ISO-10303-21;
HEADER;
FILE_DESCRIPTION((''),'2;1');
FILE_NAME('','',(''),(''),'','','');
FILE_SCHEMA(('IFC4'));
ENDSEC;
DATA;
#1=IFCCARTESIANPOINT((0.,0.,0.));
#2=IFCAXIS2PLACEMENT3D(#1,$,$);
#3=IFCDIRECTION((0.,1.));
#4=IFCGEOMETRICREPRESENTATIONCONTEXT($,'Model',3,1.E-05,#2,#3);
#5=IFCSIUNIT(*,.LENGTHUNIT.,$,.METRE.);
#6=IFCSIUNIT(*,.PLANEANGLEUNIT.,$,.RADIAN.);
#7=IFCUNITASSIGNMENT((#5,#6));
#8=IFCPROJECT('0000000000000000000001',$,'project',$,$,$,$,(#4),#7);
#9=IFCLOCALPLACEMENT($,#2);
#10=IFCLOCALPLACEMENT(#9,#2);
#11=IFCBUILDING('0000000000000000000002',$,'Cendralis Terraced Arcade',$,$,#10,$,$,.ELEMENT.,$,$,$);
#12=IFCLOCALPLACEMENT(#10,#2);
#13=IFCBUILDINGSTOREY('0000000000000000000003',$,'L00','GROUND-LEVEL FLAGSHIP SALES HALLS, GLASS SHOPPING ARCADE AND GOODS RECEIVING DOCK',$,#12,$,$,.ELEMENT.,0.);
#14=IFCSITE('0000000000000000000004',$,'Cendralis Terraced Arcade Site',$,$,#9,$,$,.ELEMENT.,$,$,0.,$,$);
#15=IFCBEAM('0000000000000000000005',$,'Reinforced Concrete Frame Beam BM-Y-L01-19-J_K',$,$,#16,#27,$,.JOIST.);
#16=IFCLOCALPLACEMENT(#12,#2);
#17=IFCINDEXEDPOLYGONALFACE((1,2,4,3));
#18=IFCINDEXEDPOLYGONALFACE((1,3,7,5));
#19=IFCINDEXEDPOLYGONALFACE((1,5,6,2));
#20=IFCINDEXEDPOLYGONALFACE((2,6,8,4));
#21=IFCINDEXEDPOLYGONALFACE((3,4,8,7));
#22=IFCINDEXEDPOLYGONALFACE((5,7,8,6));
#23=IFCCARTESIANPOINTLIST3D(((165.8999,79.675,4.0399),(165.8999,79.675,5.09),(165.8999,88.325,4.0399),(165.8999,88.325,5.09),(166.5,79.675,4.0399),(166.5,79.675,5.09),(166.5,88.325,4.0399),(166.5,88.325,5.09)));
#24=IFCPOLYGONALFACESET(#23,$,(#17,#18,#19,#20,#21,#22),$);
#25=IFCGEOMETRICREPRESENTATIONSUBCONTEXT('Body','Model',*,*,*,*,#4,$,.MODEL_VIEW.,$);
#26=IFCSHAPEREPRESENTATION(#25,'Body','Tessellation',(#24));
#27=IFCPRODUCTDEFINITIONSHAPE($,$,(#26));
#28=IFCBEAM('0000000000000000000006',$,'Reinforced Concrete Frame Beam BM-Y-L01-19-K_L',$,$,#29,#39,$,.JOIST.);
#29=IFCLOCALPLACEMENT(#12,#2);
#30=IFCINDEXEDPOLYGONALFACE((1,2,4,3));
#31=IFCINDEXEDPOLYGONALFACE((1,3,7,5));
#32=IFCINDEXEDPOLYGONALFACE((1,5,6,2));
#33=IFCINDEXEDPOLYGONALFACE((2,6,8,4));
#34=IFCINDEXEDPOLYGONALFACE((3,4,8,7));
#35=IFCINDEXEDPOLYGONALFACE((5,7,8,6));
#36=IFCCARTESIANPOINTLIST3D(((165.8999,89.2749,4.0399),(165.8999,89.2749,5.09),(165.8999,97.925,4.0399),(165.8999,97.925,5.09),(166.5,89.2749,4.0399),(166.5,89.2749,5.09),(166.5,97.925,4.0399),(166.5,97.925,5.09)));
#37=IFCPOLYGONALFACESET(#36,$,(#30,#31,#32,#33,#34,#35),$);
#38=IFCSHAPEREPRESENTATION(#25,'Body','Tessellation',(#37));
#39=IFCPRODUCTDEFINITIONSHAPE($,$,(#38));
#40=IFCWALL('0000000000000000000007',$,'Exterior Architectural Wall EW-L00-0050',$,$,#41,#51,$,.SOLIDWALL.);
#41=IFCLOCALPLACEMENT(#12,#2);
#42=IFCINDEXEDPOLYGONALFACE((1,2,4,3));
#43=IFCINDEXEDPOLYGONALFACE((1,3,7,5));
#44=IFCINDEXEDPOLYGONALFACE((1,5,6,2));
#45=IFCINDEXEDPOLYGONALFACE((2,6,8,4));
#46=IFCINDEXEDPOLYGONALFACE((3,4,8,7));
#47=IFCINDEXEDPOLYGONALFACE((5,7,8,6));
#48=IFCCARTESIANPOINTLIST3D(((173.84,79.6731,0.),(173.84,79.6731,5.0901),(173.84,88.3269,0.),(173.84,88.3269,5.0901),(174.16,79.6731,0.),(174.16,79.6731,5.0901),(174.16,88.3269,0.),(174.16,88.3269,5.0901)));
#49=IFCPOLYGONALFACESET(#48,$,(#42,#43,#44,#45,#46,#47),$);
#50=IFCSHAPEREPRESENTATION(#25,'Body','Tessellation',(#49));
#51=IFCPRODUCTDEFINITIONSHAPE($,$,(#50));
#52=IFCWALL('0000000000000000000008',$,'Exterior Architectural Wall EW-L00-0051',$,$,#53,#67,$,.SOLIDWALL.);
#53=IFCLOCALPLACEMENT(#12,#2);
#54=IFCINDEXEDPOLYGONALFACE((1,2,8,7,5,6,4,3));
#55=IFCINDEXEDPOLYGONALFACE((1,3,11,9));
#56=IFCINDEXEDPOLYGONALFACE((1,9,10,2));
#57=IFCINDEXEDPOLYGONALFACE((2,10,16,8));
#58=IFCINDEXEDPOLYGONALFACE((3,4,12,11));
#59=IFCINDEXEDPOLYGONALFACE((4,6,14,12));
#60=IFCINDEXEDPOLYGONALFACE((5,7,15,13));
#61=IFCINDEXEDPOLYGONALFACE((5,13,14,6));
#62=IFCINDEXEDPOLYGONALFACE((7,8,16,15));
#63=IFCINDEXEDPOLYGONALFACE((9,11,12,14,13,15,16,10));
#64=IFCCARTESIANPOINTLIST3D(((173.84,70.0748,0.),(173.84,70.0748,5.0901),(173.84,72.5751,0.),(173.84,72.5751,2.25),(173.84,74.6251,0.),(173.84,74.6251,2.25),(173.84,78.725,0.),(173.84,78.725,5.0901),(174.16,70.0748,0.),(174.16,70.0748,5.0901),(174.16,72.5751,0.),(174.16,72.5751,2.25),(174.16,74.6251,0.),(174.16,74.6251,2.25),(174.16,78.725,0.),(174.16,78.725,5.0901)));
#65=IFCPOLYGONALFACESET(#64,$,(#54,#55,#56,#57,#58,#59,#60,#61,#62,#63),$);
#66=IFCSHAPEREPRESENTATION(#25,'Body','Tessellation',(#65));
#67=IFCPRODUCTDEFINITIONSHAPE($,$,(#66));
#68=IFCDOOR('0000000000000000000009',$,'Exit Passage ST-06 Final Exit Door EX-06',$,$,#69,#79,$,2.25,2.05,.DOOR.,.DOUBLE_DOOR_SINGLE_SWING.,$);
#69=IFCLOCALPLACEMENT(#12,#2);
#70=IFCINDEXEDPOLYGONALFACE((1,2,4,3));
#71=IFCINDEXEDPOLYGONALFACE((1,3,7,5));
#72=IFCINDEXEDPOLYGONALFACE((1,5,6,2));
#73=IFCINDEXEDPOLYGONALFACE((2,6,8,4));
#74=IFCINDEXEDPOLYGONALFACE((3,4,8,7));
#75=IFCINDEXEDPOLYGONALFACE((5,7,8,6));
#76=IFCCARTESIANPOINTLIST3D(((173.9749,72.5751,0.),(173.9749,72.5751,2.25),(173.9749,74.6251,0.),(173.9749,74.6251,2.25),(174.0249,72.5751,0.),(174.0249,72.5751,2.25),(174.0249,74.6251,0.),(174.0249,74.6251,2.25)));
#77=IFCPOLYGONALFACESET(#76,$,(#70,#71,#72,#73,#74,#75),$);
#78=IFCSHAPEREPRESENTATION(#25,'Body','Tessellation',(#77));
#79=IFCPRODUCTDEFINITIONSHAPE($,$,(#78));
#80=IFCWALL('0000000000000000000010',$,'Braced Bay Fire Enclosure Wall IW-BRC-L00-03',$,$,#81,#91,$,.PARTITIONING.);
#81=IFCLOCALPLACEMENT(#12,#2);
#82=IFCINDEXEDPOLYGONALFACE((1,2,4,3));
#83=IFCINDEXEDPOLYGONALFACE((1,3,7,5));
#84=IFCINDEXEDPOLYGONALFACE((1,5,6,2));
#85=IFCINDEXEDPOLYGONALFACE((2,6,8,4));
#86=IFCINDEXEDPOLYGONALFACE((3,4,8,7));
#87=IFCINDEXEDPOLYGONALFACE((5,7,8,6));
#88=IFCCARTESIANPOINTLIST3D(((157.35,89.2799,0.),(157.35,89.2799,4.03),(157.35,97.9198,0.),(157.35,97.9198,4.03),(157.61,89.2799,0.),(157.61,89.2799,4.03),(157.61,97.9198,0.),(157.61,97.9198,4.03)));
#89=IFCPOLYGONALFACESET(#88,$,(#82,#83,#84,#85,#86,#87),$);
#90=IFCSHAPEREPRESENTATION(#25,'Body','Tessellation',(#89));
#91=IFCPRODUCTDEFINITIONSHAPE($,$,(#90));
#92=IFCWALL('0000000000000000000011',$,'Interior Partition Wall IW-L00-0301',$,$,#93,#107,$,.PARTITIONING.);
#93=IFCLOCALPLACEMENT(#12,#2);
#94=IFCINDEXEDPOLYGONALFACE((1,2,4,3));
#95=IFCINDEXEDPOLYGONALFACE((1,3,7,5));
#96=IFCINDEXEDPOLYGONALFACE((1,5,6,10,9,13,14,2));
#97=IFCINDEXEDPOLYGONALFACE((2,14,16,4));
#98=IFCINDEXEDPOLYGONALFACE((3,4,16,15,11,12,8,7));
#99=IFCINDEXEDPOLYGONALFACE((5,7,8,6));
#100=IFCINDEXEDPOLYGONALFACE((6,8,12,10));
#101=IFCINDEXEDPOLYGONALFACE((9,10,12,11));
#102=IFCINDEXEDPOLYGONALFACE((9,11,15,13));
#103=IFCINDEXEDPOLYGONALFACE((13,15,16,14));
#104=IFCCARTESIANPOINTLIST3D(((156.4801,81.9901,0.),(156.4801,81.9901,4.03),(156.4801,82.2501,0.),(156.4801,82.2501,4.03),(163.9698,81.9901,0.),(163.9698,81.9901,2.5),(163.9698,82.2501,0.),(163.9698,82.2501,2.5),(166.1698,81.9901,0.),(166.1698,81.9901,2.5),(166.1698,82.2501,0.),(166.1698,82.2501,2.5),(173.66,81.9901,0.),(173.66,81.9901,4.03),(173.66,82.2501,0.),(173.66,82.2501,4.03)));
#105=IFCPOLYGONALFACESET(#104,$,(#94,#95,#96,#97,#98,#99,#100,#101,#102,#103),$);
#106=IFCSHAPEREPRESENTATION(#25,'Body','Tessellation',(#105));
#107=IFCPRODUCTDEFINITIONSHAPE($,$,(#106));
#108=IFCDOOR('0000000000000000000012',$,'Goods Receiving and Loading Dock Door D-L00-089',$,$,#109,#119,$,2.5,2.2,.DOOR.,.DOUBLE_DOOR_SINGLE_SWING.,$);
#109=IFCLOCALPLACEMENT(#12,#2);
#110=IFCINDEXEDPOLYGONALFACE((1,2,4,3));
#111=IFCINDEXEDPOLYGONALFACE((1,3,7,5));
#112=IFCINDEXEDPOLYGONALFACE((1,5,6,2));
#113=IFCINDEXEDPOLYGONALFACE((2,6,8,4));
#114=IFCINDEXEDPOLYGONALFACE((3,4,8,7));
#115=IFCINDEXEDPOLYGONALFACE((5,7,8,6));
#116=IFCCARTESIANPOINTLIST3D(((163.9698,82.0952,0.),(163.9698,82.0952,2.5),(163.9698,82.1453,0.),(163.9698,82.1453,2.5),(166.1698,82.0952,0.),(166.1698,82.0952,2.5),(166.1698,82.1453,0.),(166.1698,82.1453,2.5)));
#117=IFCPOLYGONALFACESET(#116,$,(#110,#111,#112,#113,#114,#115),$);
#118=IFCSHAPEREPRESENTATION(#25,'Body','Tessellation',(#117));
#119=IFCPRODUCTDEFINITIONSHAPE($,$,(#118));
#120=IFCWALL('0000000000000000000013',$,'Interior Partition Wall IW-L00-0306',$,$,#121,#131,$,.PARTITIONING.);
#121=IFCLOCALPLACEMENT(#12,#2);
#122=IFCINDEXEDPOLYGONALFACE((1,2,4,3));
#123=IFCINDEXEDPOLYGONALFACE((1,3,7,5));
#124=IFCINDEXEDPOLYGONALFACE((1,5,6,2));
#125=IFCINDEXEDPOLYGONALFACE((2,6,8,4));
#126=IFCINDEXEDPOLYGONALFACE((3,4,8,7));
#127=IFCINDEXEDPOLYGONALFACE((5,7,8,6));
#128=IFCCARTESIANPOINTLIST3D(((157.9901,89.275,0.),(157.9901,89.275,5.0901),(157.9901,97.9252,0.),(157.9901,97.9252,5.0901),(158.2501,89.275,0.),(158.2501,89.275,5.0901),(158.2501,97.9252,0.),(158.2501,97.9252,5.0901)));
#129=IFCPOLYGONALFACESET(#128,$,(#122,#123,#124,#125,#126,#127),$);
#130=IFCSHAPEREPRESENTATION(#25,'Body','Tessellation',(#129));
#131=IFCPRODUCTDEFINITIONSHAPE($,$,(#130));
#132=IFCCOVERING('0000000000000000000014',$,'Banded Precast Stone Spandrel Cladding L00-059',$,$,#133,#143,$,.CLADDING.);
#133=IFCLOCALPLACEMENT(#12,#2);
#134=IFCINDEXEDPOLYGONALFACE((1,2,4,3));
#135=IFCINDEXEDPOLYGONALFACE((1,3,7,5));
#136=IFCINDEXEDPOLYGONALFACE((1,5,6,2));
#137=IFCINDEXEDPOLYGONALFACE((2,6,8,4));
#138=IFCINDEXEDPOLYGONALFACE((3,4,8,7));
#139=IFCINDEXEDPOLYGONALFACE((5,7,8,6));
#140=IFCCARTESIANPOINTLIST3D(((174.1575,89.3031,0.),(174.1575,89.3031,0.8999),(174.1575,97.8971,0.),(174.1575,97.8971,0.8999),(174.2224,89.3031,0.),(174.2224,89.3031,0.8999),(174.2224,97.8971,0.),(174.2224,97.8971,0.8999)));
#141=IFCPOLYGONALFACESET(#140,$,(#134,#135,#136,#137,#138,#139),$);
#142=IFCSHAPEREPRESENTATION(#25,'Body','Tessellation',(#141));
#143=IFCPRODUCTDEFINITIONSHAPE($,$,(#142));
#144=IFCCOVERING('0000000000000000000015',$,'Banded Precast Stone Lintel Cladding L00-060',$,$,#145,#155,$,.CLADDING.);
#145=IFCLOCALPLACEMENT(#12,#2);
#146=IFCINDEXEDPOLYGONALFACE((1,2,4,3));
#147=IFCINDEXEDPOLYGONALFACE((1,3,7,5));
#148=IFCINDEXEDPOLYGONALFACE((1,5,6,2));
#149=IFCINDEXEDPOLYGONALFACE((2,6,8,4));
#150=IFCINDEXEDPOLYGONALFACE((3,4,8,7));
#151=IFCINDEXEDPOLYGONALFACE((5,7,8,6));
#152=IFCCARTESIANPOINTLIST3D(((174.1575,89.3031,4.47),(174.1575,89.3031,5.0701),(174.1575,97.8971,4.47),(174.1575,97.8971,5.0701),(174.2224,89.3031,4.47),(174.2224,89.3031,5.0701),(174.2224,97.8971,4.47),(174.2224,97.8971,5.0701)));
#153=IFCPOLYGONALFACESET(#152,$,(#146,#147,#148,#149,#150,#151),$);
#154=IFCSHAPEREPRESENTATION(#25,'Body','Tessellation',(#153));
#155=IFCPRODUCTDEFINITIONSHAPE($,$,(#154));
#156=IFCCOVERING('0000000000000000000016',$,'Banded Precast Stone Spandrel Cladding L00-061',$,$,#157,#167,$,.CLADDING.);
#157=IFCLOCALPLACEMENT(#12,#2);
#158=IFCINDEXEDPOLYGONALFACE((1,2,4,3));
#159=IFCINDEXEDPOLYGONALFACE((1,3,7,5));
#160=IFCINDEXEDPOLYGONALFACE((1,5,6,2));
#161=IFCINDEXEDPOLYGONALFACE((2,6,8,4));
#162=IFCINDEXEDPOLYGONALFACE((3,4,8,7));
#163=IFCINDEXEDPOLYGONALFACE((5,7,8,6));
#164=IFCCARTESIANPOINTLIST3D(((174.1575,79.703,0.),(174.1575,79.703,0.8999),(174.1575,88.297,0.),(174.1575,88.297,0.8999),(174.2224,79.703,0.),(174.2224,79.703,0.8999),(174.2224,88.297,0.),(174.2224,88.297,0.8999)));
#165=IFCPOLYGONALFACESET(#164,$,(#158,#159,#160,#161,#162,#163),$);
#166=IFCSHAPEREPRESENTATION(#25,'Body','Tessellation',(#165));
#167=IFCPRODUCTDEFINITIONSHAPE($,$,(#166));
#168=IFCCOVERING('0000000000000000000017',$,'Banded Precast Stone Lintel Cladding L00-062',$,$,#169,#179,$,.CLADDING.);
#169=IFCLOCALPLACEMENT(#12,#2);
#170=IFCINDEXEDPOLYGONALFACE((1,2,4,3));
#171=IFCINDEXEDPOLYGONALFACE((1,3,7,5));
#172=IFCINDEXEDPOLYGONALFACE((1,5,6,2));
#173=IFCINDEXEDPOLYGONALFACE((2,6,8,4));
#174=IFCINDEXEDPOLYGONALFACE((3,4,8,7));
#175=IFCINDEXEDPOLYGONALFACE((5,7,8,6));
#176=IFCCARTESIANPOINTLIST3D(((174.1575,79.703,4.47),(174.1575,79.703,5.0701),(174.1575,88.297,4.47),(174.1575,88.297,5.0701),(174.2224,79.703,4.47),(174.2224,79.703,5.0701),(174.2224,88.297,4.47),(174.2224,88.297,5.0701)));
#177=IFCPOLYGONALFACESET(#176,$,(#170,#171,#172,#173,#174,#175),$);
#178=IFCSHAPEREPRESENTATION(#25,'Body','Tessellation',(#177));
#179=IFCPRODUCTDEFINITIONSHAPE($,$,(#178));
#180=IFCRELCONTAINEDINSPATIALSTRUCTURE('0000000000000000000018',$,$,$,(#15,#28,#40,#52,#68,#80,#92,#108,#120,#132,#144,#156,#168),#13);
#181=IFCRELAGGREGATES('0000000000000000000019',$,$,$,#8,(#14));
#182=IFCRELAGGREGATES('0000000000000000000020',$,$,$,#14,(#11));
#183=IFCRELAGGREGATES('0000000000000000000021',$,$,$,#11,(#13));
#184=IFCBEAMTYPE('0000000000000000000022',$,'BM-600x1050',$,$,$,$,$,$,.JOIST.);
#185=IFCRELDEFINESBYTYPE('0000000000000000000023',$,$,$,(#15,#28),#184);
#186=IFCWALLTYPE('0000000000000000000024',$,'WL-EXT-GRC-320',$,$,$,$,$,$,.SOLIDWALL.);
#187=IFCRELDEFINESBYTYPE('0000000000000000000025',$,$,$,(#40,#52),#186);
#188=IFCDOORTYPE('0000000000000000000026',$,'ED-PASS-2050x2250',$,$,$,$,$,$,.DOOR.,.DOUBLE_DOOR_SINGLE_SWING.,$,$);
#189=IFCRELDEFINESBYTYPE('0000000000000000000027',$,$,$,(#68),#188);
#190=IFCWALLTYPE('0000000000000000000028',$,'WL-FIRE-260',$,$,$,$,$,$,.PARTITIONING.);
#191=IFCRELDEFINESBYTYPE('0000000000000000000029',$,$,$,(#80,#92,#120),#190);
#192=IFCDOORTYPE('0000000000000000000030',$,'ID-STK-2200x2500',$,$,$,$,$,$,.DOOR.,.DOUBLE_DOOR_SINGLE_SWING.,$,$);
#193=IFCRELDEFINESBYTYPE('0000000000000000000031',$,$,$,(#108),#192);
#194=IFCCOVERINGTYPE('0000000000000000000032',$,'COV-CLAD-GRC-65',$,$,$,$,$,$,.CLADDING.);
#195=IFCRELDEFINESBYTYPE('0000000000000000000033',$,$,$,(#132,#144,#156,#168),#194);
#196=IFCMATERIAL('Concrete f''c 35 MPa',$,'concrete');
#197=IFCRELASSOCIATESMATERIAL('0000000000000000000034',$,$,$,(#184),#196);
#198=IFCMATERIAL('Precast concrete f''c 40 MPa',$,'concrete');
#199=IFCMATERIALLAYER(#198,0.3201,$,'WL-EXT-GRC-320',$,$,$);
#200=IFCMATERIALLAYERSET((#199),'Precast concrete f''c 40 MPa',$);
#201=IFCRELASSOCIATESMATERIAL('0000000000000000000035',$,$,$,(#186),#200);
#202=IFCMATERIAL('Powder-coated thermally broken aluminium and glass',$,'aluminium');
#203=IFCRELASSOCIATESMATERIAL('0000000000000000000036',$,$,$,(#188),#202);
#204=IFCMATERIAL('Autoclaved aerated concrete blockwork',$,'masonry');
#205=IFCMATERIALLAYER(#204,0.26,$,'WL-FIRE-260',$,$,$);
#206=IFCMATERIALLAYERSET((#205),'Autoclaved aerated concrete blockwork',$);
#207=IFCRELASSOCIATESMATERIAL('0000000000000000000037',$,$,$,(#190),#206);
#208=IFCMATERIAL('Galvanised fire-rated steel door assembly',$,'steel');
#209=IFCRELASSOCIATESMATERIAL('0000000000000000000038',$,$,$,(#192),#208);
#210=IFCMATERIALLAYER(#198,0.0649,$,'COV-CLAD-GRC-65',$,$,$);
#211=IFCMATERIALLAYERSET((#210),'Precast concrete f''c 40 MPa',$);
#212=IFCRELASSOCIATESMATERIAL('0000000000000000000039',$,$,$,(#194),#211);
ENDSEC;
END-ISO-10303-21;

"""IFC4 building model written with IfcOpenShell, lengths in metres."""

from ifc_helpers import new_model, si_unit, direction, frame, frame_2d, origin, origin_2d, place, context, subcontext, project, spatial, rectangle, extrude, material, layer, layer_set, material_profile, profile_set, type_object, element, fill, save


model = new_model("IFC4")

# Units and contexts
model_context = context("Model", 3, precision=1e-05, world=origin(), true_north=direction((0.0, 1.0)))
body_context = subcontext(model_context, "Body", "Model", "MODEL_VIEW")
ifc_project = project(units=[si_unit("LENGTHUNIT", "METRE"), si_unit("PLANEANGLEUNIT", "RADIAN")], contexts=[model_context])

# Site, building, storey
site_placement = place(None, origin())
site = spatial("IfcSite", under=ifc_project, at=site_placement, Name="Cendralis Terraced Arcade Site", CompositionType="ELEMENT", RefElevation=0.0)
building_placement = place(site_placement, origin())
building = spatial("IfcBuilding", under=site, at=building_placement, Name="Cendralis Terraced Arcade", CompositionType="ELEMENT")
storey_placement = place(building_placement, origin())
storey = spatial("IfcBuildingStorey", under=building, at=storey_placement, Name="L00", Description="GROUND-LEVEL FLAGSHIP SALES HALLS, GLASS SHOPPING ARCADE AND GOODS RECEIVING DOCK", CompositionType="ELEMENT", Elevation=0.0)

# Shared definitions
ifc_material_1 = material(Name="Concrete f'c 35 MPa", Category="concrete")

# Beams
ifc_material_profile_1 = material_profile(ifc_material_1, rectangle(XDim=0.6001, YDim=1.05, at=origin_2d()), Name="RC-BM-600x1050", Category="LoadBearing")
ifc_profile_set_1 = profile_set([ifc_material_profile_1], Name="Concrete f'c 35 MPa")
beam_type = type_object("IfcBeamType", Name="BM-600x1050", PredefinedType="JOIST", material=ifc_profile_set_1)
beam_1_placement = place(storey_placement, frame((166.2, 79.675, 4.5649), z_axis=(0.0, 1.0, 0.0), x_axis=(-1.0, 0.0, 0.0)))
element("IfcBeam", 1, at=beam_1_placement, inside=storey, type_object=beam_type, Name="Reinforced Concrete Frame Beam BM-Y-L01-19-J_K", PredefinedType="JOIST", context=body_context, shape_type="SweptSolid", body=[
    extrude(rectangle(XDim=0.6001, YDim=1.05, at=origin_2d()), origin(), (0.0, 0.0, 1.0), 8.6499),
])
beam_2_placement = place(storey_placement, frame((166.2, 89.2749, 4.5649), z_axis=(0.0, 1.0, 0.0), x_axis=(-1.0, 0.0, 0.0)))
element("IfcBeam", 2, at=beam_2_placement, inside=storey, type_object=beam_type, Name="Reinforced Concrete Frame Beam BM-Y-L01-19-K_L", PredefinedType="JOIST", context=body_context, shape_type="SweptSolid", body=[
    extrude(rectangle(XDim=0.6001, YDim=1.05, at=origin_2d()), origin(), (0.0, 0.0, 1.0), 8.6501),
])

# Wall
ifc_material_2 = material(Name="Precast concrete f'c 40 MPa", Category="concrete")
ifc_layer_1 = layer(ifc_material_2, 0.3201, Name="WL-EXT-GRC-320")
ifc_layer_set_1 = layer_set([ifc_layer_1], Name="Precast concrete f'c 40 MPa")
wall_type_1 = type_object("IfcWallType", Name="WL-EXT-GRC-320", PredefinedType="SOLIDWALL", material=ifc_layer_set_1)
wall_1_placement = place(storey_placement, frame((174.0, 88.3269, 0.0), z_axis=(0.0, 0.0, 1.0), x_axis=(0.0, -1.0, 0.0)))
element("IfcWall", 3, at=wall_1_placement, inside=storey, type_object=wall_type_1, Name="Exterior Architectural Wall EW-L00-0050", PredefinedType="SOLIDWALL", context=body_context, shape_type="SweptSolid", body=[
    extrude(rectangle(XDim=8.6538, YDim=0.3201, at=frame_2d((4.3269, 0.0))), origin(), (0.0, 0.0, 1.0), 5.0901),
])

# Wall, opening, door
wall_2_placement = place(storey_placement, frame((174.0, 78.7251, 0.0), z_axis=(0.0, 0.0, 1.0), x_axis=(0.0, -1.0, 0.0)))
wall_2 = element("IfcWall", 4, at=wall_2_placement, inside=storey, type_object=wall_type_1, Name="Exterior Architectural Wall EW-L00-0051", PredefinedType="SOLIDWALL", context=body_context, shape_type="SweptSolid", body=[
    extrude(rectangle(XDim=8.6501, YDim=0.3201, at=frame_2d((4.3252, 0.0))), origin(), (0.0, 0.0, 1.0), 5.0901),
])
opening_1_placement = place(wall_2_placement, frame((4.1001, 0.0, 0.0)))
opening_1 = element("IfcOpeningElement", 5, at=opening_1_placement, cuts=wall_2, PredefinedType="OPENING", context=body_context, shape_type="SweptSolid", body=[
    extrude(rectangle(XDim=2.05, YDim=2.25, at=frame_2d((1.0249, 1.125))), frame((0.0, 0.1719, 0.0), z_axis=(0.0, -1.0, 0.0), x_axis=(1.0, 0.0, 0.0)), (0.0, 0.0, 1.0), 0.344),
])
ifc_material_3 = material(Name="Powder-coated thermally broken aluminium and glass", Category="aluminium")
door_type_1 = type_object("IfcDoorType", Name="ED-PASS-2050x2250", OperationType="DOUBLE_DOOR_SINGLE_SWING", PredefinedType="DOOR", material=ifc_material_3)
door_1_placement = place(opening_1_placement, origin())
door_1 = element("IfcDoor", 6, at=door_1_placement, inside=storey, type_object=door_type_1, Name="Exit Passage ST-06 Final Exit Door EX-06", OperationType="DOUBLE_DOOR_SINGLE_SWING", OverallHeight=2.25, OverallWidth=2.05, PredefinedType="DOOR", context=body_context, shape_type="SweptSolid", body=[
    extrude(rectangle(XDim=2.05, YDim=2.25, at=frame_2d((1.0249, 1.125))), frame((0.0, 0.0249, 0.0), z_axis=(0.0, -1.0, 0.0), x_axis=(1.0, 0.0, 0.0)), (0.0, 0.0, 1.0), 0.05),
])
fill(opening_1, door_1)

# Wall
ifc_material_4 = material(Name="Autoclaved aerated concrete blockwork", Category="masonry")
ifc_layer_2 = layer(ifc_material_4, 0.26, Name="WL-FIRE-260")
ifc_layer_set_2 = layer_set([ifc_layer_2], Name="Autoclaved aerated concrete blockwork")
wall_type_2 = type_object("IfcWallType", Name="WL-FIRE-260", PredefinedType="PARTITIONING", material=ifc_layer_set_2)
wall_3_placement = place(storey_placement, frame((157.48, 89.28, 0.0), z_axis=(0.0, 0.0, 1.0), x_axis=(0.0, 1.0, 0.0)))
element("IfcWall", 7, at=wall_3_placement, inside=storey, type_object=wall_type_2, Name="Braced Bay Fire Enclosure Wall IW-BRC-L00-03", PredefinedType="PARTITIONING", context=body_context, shape_type="SweptSolid", body=[
    extrude(rectangle(XDim=8.6399, YDim=0.26, at=frame_2d((4.3198, 0.0))), origin(), (0.0, 0.0, 1.0), 4.03),
])

# Wall, opening, door
wall_4_placement = place(storey_placement, frame((173.6599, 82.1201, 0.0), z_axis=(0.0, 0.0, 1.0), x_axis=(-1.0, 0.0, 0.0)))
wall_4 = element("IfcWall", 8, at=wall_4_placement, inside=storey, type_object=wall_type_2, Name="Interior Partition Wall IW-L00-0301", PredefinedType="PARTITIONING", context=body_context, shape_type="SweptSolid", body=[
    extrude(rectangle(XDim=17.1799, YDim=0.26, at=frame_2d((8.5898, 0.0))), origin(), (0.0, 0.0, 1.0), 4.03),
])
opening_2_placement = place(wall_4_placement, frame((7.49, 0.0, 0.0)))
opening_2 = element("IfcOpeningElement", 9, at=opening_2_placement, cuts=wall_4, PredefinedType="OPENING", context=body_context, shape_type="SweptSolid", body=[
    extrude(rectangle(XDim=2.2, YDim=2.5, at=frame_2d((1.1001, 1.25))), frame((0.0, 0.1421, 0.0), z_axis=(0.0, -1.0, 0.0), x_axis=(1.0, 0.0, 0.0)), (0.0, 0.0, 1.0), 0.2839),
])
ifc_material_5 = material(Name="Galvanised fire-rated steel door assembly", Category="steel")
door_type_2 = type_object("IfcDoorType", Name="ID-STK-2200x2500", OperationType="DOUBLE_DOOR_SINGLE_SWING", PredefinedType="DOOR", material=ifc_material_5)
door_2_placement = place(opening_2_placement, origin())
door_2 = element("IfcDoor", 10, at=door_2_placement, inside=storey, type_object=door_type_2, Name="Goods Receiving and Loading Dock Door D-L00-089", OperationType="DOUBLE_DOOR_SINGLE_SWING", OverallHeight=2.5, OverallWidth=2.2, PredefinedType="DOOR", context=body_context, shape_type="SweptSolid", body=[
    extrude(rectangle(XDim=2.2, YDim=2.5, at=frame_2d((1.1001, 1.25))), frame((0.0, 0.0249, 0.0), z_axis=(0.0, -1.0, 0.0), x_axis=(1.0, 0.0, 0.0)), (0.0, 0.0, 1.0), 0.05),
])
fill(opening_2, door_2)

# Wall
wall_5_placement = place(storey_placement, frame((158.1201, 89.2749, 0.0), z_axis=(0.0, 0.0, 1.0), x_axis=(0.0, 1.0, 0.0)))
element("IfcWall", 11, at=wall_5_placement, inside=storey, type_object=wall_type_2, Name="Interior Partition Wall IW-L00-0306", PredefinedType="PARTITIONING", context=body_context, shape_type="SweptSolid", body=[
    extrude(rectangle(XDim=8.6501, YDim=0.26, at=frame_2d((4.3252, 0.0))), origin(), (0.0, 0.0, 1.0), 5.0901),
])

# Coverings
ifc_layer_3 = layer(ifc_material_2, 0.0649, Name="COV-CLAD-GRC-65")
ifc_layer_set_3 = layer_set([ifc_layer_3], Name="Precast concrete f'c 40 MPa")
covering_type = type_object("IfcCoveringType", Name="COV-CLAD-GRC-65", PredefinedType="CLADDING", material=ifc_layer_set_3)
covering_1_placement = place(storey_placement, frame((174.1899, 93.6001, 0.0), z_axis=(0.0, 0.0, 1.0), x_axis=(0.0, -1.0, 0.0)))
element("IfcCovering", 12, at=covering_1_placement, inside=storey, type_object=covering_type, Name="Banded Precast Stone Spandrel Cladding L00-059", PredefinedType="CLADDING", context=body_context, shape_type="SweptSolid", body=[
    extrude(rectangle(XDim=8.594, YDim=0.0649, at=origin_2d()), origin(), (0.0, 0.0, 1.0), 0.8999),
])
covering_2_placement = place(storey_placement, frame((174.1899, 93.6001, 4.47), z_axis=(0.0, 0.0, 1.0), x_axis=(0.0, -1.0, 0.0)))
element("IfcCovering", 13, at=covering_2_placement, inside=storey, type_object=covering_type, Name="Banded Precast Stone Lintel Cladding L00-060", PredefinedType="CLADDING", context=body_context, shape_type="SweptSolid", body=[
    extrude(rectangle(XDim=8.594, YDim=0.0649, at=origin_2d()), origin(), (0.0, 0.0, 1.0), 0.6001),
])
covering_3_placement = place(storey_placement, frame((174.1899, 84.0, 0.0), z_axis=(0.0, 0.0, 1.0), x_axis=(0.0, -1.0, 0.0)))
element("IfcCovering", 14, at=covering_3_placement, inside=storey, type_object=covering_type, Name="Banded Precast Stone Spandrel Cladding L00-061", PredefinedType="CLADDING", context=body_context, shape_type="SweptSolid", body=[
    extrude(rectangle(XDim=8.594, YDim=0.0649, at=origin_2d()), origin(), (0.0, 0.0, 1.0), 0.8999),
])
covering_4_placement = place(storey_placement, frame((174.1899, 84.0, 4.47), z_axis=(0.0, 0.0, 1.0), x_axis=(0.0, -1.0, 0.0)))
element("IfcCovering", 15, at=covering_4_placement, inside=storey, type_object=covering_type, Name="Banded Precast Stone Lintel Cladding L00-062", PredefinedType="CLADDING", context=body_context, shape_type="SweptSolid", body=[
    extrude(rectangle(XDim=8.594, YDim=0.0649, at=origin_2d()), origin(), (0.0, 0.0, 1.0), 0.6001),
])

save(model, "model.ifc")
